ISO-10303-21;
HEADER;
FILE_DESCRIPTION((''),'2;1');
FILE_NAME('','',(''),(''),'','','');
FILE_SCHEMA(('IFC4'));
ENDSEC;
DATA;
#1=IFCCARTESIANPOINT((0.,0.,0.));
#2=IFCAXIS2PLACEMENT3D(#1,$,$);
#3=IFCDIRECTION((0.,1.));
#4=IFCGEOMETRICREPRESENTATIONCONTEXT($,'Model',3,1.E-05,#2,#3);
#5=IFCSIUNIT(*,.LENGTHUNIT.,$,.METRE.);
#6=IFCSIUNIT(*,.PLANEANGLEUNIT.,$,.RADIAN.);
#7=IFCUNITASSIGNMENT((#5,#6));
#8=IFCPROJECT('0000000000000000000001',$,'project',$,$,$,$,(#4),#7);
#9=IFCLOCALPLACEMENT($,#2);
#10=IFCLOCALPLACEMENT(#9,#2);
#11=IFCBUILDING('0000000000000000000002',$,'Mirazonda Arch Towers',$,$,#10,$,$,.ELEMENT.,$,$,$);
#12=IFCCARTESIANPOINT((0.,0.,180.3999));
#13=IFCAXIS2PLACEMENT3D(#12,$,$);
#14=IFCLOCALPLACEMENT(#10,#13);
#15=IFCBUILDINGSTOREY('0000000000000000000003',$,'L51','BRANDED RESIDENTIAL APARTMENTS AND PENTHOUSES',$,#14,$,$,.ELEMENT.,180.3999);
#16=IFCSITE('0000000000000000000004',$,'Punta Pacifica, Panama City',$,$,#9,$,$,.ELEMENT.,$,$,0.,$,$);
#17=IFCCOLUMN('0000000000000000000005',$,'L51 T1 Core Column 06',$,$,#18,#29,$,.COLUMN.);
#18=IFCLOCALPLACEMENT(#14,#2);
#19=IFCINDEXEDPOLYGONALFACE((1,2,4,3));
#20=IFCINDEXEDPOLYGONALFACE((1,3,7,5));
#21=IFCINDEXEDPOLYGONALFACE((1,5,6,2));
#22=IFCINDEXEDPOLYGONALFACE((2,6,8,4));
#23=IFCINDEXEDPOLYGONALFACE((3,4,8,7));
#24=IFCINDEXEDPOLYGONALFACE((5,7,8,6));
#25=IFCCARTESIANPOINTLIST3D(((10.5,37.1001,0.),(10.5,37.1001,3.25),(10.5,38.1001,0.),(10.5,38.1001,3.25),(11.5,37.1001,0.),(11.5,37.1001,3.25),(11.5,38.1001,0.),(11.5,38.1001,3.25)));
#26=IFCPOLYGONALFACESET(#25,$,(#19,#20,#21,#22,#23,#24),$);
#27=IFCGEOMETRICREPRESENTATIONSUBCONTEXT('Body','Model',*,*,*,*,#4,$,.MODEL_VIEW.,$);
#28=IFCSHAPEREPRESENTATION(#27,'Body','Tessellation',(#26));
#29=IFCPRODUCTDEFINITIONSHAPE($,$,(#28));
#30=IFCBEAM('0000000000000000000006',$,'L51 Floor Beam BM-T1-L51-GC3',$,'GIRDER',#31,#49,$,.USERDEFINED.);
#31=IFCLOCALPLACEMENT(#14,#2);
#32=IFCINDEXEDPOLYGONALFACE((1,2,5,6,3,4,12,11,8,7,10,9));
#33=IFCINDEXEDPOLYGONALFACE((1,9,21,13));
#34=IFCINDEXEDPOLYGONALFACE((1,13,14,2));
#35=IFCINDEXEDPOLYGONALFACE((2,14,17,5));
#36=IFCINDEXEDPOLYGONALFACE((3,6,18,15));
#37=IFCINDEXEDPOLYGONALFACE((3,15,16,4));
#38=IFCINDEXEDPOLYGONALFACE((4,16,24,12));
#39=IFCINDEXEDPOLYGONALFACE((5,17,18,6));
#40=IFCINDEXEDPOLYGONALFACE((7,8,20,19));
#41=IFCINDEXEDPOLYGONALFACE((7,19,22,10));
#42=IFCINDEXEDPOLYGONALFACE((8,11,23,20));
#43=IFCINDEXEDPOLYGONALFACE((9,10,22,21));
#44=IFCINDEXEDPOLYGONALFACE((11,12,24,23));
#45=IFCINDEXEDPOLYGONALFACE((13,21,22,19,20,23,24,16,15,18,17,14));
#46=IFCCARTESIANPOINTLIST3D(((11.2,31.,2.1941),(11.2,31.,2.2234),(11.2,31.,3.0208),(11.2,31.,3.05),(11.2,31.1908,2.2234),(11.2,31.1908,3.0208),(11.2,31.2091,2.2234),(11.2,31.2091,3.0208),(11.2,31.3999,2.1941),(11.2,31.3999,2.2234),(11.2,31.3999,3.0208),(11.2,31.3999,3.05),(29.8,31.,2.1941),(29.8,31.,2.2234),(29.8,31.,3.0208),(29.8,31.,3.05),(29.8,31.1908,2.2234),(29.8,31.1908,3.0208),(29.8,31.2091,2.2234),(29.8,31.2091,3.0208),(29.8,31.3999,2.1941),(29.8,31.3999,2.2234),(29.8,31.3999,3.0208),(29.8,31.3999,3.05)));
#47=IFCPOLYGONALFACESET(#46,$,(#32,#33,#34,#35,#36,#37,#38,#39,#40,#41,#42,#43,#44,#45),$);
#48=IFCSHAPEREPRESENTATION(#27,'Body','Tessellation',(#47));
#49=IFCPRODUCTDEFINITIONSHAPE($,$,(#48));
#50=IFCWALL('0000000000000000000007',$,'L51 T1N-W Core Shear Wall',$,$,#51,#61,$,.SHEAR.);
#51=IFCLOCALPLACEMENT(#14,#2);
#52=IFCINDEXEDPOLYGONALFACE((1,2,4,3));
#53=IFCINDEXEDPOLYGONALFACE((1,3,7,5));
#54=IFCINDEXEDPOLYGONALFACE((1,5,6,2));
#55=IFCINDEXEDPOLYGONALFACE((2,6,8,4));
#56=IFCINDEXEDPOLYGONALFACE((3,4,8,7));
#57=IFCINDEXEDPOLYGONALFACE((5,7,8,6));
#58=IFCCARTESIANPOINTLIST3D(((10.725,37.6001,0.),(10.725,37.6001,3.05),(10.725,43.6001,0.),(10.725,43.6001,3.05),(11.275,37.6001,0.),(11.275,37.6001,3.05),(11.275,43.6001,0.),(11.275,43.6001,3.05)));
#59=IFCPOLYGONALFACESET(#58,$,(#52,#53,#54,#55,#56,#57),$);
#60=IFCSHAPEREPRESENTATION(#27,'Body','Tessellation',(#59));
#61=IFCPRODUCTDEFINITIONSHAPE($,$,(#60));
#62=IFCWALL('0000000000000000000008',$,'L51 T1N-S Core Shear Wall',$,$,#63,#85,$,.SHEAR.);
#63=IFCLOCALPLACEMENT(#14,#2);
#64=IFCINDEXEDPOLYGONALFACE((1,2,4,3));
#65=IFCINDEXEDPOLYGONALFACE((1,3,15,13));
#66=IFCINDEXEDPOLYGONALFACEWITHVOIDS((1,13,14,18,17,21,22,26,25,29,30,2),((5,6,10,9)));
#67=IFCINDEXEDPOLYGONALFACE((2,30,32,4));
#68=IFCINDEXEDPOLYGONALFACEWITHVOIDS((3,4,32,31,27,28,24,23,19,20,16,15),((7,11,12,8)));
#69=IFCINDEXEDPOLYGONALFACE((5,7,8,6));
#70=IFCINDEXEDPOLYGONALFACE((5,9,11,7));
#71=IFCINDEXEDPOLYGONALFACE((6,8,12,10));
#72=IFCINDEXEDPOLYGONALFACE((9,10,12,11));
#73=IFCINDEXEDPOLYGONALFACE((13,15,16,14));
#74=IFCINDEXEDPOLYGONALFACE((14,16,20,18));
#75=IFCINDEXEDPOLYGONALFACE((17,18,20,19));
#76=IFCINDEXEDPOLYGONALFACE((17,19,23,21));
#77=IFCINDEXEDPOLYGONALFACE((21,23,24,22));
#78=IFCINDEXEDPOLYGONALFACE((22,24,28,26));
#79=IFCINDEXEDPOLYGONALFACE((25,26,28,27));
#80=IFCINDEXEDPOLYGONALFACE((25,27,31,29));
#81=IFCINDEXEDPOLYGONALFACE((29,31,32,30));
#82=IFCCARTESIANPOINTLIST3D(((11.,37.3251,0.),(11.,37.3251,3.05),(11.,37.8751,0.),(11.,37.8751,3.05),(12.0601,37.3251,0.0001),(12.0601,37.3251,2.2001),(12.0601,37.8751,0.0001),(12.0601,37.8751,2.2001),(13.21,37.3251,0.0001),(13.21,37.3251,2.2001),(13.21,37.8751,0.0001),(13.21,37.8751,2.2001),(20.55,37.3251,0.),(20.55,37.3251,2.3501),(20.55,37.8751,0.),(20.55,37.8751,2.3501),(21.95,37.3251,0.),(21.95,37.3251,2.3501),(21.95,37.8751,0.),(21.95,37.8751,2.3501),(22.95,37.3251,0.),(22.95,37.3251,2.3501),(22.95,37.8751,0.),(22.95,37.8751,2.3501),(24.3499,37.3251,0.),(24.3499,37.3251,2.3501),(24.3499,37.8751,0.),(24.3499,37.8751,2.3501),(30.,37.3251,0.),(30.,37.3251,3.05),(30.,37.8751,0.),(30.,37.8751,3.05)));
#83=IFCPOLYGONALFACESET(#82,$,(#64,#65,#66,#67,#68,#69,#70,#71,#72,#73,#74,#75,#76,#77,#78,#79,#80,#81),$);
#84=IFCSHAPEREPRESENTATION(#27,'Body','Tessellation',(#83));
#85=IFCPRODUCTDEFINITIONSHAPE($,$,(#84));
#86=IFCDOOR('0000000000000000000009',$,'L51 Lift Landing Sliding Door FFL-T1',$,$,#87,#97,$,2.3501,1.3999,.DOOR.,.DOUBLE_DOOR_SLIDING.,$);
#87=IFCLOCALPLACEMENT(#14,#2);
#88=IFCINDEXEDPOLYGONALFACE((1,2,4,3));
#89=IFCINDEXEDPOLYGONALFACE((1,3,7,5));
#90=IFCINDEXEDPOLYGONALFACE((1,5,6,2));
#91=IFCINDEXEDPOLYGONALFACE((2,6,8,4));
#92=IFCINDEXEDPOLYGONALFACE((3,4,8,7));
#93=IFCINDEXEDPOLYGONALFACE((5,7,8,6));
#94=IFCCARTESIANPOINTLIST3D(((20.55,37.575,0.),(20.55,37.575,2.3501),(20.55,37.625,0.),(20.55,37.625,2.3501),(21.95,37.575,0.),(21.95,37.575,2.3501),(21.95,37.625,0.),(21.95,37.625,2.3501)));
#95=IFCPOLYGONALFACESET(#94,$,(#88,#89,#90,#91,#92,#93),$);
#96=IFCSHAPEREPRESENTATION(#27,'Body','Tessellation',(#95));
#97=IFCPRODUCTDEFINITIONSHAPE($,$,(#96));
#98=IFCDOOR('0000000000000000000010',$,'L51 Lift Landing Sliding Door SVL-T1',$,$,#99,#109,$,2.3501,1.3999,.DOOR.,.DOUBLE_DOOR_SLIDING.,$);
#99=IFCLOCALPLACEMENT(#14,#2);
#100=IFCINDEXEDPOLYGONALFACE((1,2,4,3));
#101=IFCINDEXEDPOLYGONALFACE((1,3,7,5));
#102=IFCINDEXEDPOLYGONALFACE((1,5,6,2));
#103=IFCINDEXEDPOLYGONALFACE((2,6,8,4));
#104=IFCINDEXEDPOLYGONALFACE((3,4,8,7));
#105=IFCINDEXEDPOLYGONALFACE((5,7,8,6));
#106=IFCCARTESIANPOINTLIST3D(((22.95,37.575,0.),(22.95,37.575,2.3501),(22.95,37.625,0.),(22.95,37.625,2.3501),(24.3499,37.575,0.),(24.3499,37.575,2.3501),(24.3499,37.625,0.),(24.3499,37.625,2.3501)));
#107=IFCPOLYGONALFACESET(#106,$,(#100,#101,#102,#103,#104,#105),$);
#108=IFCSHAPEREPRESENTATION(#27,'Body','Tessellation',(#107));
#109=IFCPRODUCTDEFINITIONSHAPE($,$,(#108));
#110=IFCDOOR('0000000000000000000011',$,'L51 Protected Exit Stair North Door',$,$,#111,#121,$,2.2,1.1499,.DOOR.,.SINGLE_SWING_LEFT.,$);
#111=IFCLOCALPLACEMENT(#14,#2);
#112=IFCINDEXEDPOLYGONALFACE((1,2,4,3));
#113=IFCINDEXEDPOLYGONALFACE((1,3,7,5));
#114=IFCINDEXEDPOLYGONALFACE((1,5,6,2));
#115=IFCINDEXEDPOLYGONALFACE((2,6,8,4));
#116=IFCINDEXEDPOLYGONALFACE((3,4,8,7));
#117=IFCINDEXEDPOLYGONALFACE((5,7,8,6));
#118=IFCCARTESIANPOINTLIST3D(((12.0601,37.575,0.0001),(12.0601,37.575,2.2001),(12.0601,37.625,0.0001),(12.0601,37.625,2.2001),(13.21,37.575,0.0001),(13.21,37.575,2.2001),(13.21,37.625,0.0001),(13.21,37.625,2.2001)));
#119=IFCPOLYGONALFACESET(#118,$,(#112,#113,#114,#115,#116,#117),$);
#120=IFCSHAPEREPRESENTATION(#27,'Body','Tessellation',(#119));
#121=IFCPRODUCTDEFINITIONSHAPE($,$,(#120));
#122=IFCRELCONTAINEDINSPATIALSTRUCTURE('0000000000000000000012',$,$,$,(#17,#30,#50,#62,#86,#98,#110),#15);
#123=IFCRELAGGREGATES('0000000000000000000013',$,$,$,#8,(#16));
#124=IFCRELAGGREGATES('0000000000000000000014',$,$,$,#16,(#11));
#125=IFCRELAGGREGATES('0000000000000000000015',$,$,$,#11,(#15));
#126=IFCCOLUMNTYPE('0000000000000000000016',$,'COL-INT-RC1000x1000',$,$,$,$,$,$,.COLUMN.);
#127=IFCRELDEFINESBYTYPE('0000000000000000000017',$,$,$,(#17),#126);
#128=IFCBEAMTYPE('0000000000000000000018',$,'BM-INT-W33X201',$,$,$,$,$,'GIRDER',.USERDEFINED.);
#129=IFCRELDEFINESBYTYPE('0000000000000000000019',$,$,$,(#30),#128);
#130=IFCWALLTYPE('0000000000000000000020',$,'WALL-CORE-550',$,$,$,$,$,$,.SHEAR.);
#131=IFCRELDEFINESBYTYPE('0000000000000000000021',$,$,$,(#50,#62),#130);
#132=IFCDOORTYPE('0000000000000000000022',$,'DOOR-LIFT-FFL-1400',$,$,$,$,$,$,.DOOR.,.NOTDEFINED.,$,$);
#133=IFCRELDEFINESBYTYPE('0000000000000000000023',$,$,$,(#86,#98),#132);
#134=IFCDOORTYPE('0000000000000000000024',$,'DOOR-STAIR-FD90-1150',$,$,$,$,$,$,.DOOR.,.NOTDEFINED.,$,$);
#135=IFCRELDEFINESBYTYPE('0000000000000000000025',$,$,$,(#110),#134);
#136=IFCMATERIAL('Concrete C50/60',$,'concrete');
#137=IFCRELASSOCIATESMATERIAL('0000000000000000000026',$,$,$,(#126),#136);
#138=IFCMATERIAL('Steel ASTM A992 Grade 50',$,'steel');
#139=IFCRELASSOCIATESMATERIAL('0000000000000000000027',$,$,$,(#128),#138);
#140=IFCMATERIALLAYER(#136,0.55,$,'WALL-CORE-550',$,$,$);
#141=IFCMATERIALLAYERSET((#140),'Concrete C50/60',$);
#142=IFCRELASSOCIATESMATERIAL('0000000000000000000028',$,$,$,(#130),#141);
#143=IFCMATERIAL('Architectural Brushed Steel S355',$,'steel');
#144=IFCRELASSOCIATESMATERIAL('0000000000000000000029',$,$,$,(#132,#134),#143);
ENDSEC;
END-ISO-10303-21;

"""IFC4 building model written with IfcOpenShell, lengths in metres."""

from ifc_helpers import new_model, si_unit, direction, frame, frame_2d, origin, origin_2d, place, context, subcontext, project, spatial, rectangle, i_section, extrude, material, layer, layer_set, material_profile, profile_set, type_object, element, fill, save


model = new_model("IFC4")

# Units and contexts
model_context = context("Model", 3, precision=1e-05, world=origin(), true_north=direction((0.0, 1.0)))
body_context = subcontext(model_context, "Body", "Model", "MODEL_VIEW")
ifc_project = project(units=[si_unit("LENGTHUNIT", "METRE"), si_unit("PLANEANGLEUNIT", "RADIAN")], contexts=[model_context])

# Site, building, storey
site_placement = place(None, origin())
site = spatial("IfcSite", under=ifc_project, at=site_placement, Name="Punta Pacifica, Panama City", CompositionType="ELEMENT", RefElevation=0.0)
building_placement = place(site_placement, origin())
building = spatial("IfcBuilding", under=site, at=building_placement, Name="Mirazonda Arch Towers", CompositionType="ELEMENT")
storey_placement = place(building_placement, frame((0.0, 0.0, 180.3999)))
storey = spatial("IfcBuildingStorey", under=building, at=storey_placement, Name="L51", Description="BRANDED RESIDENTIAL APARTMENTS AND PENTHOUSES", CompositionType="ELEMENT", Elevation=180.3999)

# Column
ifc_material_1 = material(Name="Concrete C50/60", Category="concrete")
ifc_material_profile_1 = material_profile(ifc_material_1, rectangle(XDim=1.0, YDim=1.0, at=origin_2d()), Name="RC1000x1000")
ifc_profile_set_1 = profile_set([ifc_material_profile_1], Name="Concrete C50/60")
column_type = type_object("IfcColumnType", Name="COL-INT-RC1000x1000", PredefinedType="COLUMN", material=ifc_profile_set_1)
column_placement = place(storey_placement, frame((11.0, 37.6001, 0.0), z_axis=(0.0, 0.0, 1.0), x_axis=(1.0, 0.0, 0.0)))
element("IfcColumn", 1, at=column_placement, inside=storey, type_object=column_type, Name="L51 T1 Core Column 06", PredefinedType="COLUMN", context=body_context, shape_type="SweptSolid", body=[
    extrude(rectangle(XDim=1.0, YDim=1.0, at=origin_2d()), origin(), (0.0, 0.0, 1.0), 3.25),
])

# Beam
ifc_material_2 = material(Name="Steel ASTM A992 Grade 50", Category="steel")
ifc_material_profile_2 = material_profile(ifc_material_2, i_section(OverallWidth=0.3999, OverallDepth=0.856, WebThickness=0.0183, FlangeThickness=0.0293, at=origin_2d()), Name="W33X201")
ifc_profile_set_2 = profile_set([ifc_material_profile_2], Name="Steel ASTM A992 Grade 50")
beam_type = type_object("IfcBeamType", Name="BM-INT-W33X201", ElementType="GIRDER", PredefinedType="USERDEFINED", material=ifc_profile_set_2)
beam_placement = place(storey_placement, frame((11.2, 31.2, 2.6221), z_axis=(1.0, 0.0, 0.0), x_axis=(0.0, 1.0, 0.0)))
element("IfcBeam", 2, at=beam_placement, inside=storey, type_object=beam_type, Name="L51 Floor Beam BM-T1-L51-GC3", ObjectType="GIRDER", PredefinedType="USERDEFINED", context=body_context, shape_type="SweptSolid", body=[
    extrude(i_section(OverallWidth=0.3999, OverallDepth=0.856, WebThickness=0.0183, FlangeThickness=0.0293, at=origin_2d()), origin(), (0.0, 0.0, 1.0), 18.6001),
])

# Wall
ifc_layer_1 = layer(ifc_material_1, 0.55, Name="WALL-CORE-550")
ifc_layer_set_1 = layer_set([ifc_layer_1], Name="Concrete C50/60")
wall_type_1 = type_object("IfcWallType", Name="WALL-CORE-550", PredefinedType="SHEAR", material=ifc_layer_set_1)
wall_1_placement = place(storey_placement, frame((11.0, 37.6001, 0.0), z_axis=(0.0, 0.0, 1.0), x_axis=(0.0, 1.0, 0.0)))
element("IfcWall", 3, at=wall_1_placement, inside=storey, type_object=wall_type_1, Name="L51 T1N-W Core Shear Wall", PredefinedType="SHEAR", context=body_context, shape_type="SweptSolid", body=[
    extrude(rectangle(XDim=6.0, YDim=0.55, at=frame_2d((3.0, 0.0))), origin(), (0.0, 0.0, 1.0), 3.05),
])

# Wall, openings, doors
wall_2_placement = place(storey_placement, frame((11.0, 37.6001, 0.0), z_axis=(0.0, 0.0, 1.0), x_axis=(1.0, 0.0, 0.0)))
wall_2 = element("IfcWall", 4, at=wall_2_placement, inside=storey, type_object=wall_type_1, Name="L51 T1N-S Core Shear Wall", PredefinedType="SHEAR", context=body_context, shape_type="SweptSolid", body=[
    extrude(rectangle(XDim=19.0, YDim=0.55, at=frame_2d((9.5, 0.0))), origin(), (0.0, 0.0, 1.0), 3.05),
])
opening_1_placement = place(wall_2_placement, frame((1.0601, 0.0, 0.0)))
opening_1 = element("IfcOpeningElement", 5, at=opening_1_placement, cuts=wall_2, PredefinedType="OPENING", context=body_context, shape_type="SweptSolid", body=[
    extrude(rectangle(XDim=1.1499, YDim=2.2, at=frame_2d((0.575, 1.1001))), frame((0.0, 0.2849, 0.0), z_axis=(0.0, -1.0, 0.0), x_axis=(1.0, 0.0, 0.0)), (0.0, 0.0, 1.0), 0.5701),
])
opening_2_placement = place(wall_2_placement, frame((9.55, 0.0, 0.0)))
opening_2 = element("IfcOpeningElement", 6, at=opening_2_placement, cuts=wall_2, PredefinedType="OPENING", context=body_context, shape_type="SweptSolid", body=[
    extrude(rectangle(XDim=1.3999, YDim=2.3501, at=frame_2d((0.7, 1.175))), frame((0.0, 0.2849, 0.0), z_axis=(0.0, -1.0, 0.0), x_axis=(1.0, 0.0, 0.0)), (0.0, 0.0, 1.0), 0.5701),
])
opening_3_placement = place(wall_2_placement, frame((11.95, 0.0, 0.0)))
opening_3 = element("IfcOpeningElement", 7, at=opening_3_placement, cuts=wall_2, PredefinedType="OPENING", context=body_context, shape_type="SweptSolid", body=[
    extrude(rectangle(XDim=1.3999, YDim=2.3501, at=frame_2d((0.7, 1.175))), frame((0.0, 0.2849, 0.0), z_axis=(0.0, -1.0, 0.0), x_axis=(1.0, 0.0, 0.0)), (0.0, 0.0, 1.0), 0.5701),
])
ifc_material_3 = material(Name="Architectural Brushed Steel S355", Category="steel")
door_type_1 = type_object("IfcDoorType", Name="DOOR-LIFT-FFL-1400", OperationType="NOTDEFINED", PredefinedType="DOOR", material=ifc_material_3)
door_1_placement = place(opening_2_placement, origin())
door_1 = element("IfcDoor", 8, at=door_1_placement, inside=storey, type_object=door_type_1, Name="L51 Lift Landing Sliding Door FFL-T1", OperationType="DOUBLE_DOOR_SLIDING", OverallHeight=2.3501, OverallWidth=1.3999, PredefinedType="DOOR", context=body_context, shape_type="SweptSolid", body=[
    extrude(rectangle(XDim=1.3999, YDim=2.3501, at=frame_2d((0.7, 1.175))), frame((0.0, 0.0249, 0.0), z_axis=(0.0, -1.0, 0.0), x_axis=(1.0, 0.0, 0.0)), (0.0, 0.0, 1.0), 0.05),
])
fill(opening_2, door_1)
door_2_placement = place(opening_3_placement, origin())
door_2 = element("IfcDoor", 9, at=door_2_placement, inside=storey, type_object=door_type_1, Name="L51 Lift Landing Sliding Door SVL-T1", OperationType="DOUBLE_DOOR_SLIDING", OverallHeight=2.3501, OverallWidth=1.3999, PredefinedType="DOOR", context=body_context, shape_type="SweptSolid", body=[
    extrude(rectangle(XDim=1.3999, YDim=2.3501, at=frame_2d((0.7, 1.175))), frame((0.0, 0.0249, 0.0), z_axis=(0.0, -1.0, 0.0), x_axis=(1.0, 0.0, 0.0)), (0.0, 0.0, 1.0), 0.05),
])
fill(opening_3, door_2)
door_type_2 = type_object("IfcDoorType", Name="DOOR-STAIR-FD90-1150", OperationType="NOTDEFINED", PredefinedType="DOOR", material=ifc_material_3)
door_3_placement = place(opening_1_placement, origin())
door_3 = element("IfcDoor", 10, at=door_3_placement, inside=storey, type_object=door_type_2, Name="L51 Protected Exit Stair North Door", OperationType="SINGLE_SWING_LEFT", OverallHeight=2.2, OverallWidth=1.1499, PredefinedType="DOOR", context=body_context, shape_type="SweptSolid", body=[
    extrude(rectangle(XDim=1.1499, YDim=2.2, at=frame_2d((0.575, 1.1001))), frame((0.0, 0.0249, 0.0), z_axis=(0.0, -1.0, 0.0), x_axis=(1.0, 0.0, 0.0)), (0.0, 0.0, 1.0), 0.05),
])
fill(opening_1, door_3)

save(model, "model.ifc")
